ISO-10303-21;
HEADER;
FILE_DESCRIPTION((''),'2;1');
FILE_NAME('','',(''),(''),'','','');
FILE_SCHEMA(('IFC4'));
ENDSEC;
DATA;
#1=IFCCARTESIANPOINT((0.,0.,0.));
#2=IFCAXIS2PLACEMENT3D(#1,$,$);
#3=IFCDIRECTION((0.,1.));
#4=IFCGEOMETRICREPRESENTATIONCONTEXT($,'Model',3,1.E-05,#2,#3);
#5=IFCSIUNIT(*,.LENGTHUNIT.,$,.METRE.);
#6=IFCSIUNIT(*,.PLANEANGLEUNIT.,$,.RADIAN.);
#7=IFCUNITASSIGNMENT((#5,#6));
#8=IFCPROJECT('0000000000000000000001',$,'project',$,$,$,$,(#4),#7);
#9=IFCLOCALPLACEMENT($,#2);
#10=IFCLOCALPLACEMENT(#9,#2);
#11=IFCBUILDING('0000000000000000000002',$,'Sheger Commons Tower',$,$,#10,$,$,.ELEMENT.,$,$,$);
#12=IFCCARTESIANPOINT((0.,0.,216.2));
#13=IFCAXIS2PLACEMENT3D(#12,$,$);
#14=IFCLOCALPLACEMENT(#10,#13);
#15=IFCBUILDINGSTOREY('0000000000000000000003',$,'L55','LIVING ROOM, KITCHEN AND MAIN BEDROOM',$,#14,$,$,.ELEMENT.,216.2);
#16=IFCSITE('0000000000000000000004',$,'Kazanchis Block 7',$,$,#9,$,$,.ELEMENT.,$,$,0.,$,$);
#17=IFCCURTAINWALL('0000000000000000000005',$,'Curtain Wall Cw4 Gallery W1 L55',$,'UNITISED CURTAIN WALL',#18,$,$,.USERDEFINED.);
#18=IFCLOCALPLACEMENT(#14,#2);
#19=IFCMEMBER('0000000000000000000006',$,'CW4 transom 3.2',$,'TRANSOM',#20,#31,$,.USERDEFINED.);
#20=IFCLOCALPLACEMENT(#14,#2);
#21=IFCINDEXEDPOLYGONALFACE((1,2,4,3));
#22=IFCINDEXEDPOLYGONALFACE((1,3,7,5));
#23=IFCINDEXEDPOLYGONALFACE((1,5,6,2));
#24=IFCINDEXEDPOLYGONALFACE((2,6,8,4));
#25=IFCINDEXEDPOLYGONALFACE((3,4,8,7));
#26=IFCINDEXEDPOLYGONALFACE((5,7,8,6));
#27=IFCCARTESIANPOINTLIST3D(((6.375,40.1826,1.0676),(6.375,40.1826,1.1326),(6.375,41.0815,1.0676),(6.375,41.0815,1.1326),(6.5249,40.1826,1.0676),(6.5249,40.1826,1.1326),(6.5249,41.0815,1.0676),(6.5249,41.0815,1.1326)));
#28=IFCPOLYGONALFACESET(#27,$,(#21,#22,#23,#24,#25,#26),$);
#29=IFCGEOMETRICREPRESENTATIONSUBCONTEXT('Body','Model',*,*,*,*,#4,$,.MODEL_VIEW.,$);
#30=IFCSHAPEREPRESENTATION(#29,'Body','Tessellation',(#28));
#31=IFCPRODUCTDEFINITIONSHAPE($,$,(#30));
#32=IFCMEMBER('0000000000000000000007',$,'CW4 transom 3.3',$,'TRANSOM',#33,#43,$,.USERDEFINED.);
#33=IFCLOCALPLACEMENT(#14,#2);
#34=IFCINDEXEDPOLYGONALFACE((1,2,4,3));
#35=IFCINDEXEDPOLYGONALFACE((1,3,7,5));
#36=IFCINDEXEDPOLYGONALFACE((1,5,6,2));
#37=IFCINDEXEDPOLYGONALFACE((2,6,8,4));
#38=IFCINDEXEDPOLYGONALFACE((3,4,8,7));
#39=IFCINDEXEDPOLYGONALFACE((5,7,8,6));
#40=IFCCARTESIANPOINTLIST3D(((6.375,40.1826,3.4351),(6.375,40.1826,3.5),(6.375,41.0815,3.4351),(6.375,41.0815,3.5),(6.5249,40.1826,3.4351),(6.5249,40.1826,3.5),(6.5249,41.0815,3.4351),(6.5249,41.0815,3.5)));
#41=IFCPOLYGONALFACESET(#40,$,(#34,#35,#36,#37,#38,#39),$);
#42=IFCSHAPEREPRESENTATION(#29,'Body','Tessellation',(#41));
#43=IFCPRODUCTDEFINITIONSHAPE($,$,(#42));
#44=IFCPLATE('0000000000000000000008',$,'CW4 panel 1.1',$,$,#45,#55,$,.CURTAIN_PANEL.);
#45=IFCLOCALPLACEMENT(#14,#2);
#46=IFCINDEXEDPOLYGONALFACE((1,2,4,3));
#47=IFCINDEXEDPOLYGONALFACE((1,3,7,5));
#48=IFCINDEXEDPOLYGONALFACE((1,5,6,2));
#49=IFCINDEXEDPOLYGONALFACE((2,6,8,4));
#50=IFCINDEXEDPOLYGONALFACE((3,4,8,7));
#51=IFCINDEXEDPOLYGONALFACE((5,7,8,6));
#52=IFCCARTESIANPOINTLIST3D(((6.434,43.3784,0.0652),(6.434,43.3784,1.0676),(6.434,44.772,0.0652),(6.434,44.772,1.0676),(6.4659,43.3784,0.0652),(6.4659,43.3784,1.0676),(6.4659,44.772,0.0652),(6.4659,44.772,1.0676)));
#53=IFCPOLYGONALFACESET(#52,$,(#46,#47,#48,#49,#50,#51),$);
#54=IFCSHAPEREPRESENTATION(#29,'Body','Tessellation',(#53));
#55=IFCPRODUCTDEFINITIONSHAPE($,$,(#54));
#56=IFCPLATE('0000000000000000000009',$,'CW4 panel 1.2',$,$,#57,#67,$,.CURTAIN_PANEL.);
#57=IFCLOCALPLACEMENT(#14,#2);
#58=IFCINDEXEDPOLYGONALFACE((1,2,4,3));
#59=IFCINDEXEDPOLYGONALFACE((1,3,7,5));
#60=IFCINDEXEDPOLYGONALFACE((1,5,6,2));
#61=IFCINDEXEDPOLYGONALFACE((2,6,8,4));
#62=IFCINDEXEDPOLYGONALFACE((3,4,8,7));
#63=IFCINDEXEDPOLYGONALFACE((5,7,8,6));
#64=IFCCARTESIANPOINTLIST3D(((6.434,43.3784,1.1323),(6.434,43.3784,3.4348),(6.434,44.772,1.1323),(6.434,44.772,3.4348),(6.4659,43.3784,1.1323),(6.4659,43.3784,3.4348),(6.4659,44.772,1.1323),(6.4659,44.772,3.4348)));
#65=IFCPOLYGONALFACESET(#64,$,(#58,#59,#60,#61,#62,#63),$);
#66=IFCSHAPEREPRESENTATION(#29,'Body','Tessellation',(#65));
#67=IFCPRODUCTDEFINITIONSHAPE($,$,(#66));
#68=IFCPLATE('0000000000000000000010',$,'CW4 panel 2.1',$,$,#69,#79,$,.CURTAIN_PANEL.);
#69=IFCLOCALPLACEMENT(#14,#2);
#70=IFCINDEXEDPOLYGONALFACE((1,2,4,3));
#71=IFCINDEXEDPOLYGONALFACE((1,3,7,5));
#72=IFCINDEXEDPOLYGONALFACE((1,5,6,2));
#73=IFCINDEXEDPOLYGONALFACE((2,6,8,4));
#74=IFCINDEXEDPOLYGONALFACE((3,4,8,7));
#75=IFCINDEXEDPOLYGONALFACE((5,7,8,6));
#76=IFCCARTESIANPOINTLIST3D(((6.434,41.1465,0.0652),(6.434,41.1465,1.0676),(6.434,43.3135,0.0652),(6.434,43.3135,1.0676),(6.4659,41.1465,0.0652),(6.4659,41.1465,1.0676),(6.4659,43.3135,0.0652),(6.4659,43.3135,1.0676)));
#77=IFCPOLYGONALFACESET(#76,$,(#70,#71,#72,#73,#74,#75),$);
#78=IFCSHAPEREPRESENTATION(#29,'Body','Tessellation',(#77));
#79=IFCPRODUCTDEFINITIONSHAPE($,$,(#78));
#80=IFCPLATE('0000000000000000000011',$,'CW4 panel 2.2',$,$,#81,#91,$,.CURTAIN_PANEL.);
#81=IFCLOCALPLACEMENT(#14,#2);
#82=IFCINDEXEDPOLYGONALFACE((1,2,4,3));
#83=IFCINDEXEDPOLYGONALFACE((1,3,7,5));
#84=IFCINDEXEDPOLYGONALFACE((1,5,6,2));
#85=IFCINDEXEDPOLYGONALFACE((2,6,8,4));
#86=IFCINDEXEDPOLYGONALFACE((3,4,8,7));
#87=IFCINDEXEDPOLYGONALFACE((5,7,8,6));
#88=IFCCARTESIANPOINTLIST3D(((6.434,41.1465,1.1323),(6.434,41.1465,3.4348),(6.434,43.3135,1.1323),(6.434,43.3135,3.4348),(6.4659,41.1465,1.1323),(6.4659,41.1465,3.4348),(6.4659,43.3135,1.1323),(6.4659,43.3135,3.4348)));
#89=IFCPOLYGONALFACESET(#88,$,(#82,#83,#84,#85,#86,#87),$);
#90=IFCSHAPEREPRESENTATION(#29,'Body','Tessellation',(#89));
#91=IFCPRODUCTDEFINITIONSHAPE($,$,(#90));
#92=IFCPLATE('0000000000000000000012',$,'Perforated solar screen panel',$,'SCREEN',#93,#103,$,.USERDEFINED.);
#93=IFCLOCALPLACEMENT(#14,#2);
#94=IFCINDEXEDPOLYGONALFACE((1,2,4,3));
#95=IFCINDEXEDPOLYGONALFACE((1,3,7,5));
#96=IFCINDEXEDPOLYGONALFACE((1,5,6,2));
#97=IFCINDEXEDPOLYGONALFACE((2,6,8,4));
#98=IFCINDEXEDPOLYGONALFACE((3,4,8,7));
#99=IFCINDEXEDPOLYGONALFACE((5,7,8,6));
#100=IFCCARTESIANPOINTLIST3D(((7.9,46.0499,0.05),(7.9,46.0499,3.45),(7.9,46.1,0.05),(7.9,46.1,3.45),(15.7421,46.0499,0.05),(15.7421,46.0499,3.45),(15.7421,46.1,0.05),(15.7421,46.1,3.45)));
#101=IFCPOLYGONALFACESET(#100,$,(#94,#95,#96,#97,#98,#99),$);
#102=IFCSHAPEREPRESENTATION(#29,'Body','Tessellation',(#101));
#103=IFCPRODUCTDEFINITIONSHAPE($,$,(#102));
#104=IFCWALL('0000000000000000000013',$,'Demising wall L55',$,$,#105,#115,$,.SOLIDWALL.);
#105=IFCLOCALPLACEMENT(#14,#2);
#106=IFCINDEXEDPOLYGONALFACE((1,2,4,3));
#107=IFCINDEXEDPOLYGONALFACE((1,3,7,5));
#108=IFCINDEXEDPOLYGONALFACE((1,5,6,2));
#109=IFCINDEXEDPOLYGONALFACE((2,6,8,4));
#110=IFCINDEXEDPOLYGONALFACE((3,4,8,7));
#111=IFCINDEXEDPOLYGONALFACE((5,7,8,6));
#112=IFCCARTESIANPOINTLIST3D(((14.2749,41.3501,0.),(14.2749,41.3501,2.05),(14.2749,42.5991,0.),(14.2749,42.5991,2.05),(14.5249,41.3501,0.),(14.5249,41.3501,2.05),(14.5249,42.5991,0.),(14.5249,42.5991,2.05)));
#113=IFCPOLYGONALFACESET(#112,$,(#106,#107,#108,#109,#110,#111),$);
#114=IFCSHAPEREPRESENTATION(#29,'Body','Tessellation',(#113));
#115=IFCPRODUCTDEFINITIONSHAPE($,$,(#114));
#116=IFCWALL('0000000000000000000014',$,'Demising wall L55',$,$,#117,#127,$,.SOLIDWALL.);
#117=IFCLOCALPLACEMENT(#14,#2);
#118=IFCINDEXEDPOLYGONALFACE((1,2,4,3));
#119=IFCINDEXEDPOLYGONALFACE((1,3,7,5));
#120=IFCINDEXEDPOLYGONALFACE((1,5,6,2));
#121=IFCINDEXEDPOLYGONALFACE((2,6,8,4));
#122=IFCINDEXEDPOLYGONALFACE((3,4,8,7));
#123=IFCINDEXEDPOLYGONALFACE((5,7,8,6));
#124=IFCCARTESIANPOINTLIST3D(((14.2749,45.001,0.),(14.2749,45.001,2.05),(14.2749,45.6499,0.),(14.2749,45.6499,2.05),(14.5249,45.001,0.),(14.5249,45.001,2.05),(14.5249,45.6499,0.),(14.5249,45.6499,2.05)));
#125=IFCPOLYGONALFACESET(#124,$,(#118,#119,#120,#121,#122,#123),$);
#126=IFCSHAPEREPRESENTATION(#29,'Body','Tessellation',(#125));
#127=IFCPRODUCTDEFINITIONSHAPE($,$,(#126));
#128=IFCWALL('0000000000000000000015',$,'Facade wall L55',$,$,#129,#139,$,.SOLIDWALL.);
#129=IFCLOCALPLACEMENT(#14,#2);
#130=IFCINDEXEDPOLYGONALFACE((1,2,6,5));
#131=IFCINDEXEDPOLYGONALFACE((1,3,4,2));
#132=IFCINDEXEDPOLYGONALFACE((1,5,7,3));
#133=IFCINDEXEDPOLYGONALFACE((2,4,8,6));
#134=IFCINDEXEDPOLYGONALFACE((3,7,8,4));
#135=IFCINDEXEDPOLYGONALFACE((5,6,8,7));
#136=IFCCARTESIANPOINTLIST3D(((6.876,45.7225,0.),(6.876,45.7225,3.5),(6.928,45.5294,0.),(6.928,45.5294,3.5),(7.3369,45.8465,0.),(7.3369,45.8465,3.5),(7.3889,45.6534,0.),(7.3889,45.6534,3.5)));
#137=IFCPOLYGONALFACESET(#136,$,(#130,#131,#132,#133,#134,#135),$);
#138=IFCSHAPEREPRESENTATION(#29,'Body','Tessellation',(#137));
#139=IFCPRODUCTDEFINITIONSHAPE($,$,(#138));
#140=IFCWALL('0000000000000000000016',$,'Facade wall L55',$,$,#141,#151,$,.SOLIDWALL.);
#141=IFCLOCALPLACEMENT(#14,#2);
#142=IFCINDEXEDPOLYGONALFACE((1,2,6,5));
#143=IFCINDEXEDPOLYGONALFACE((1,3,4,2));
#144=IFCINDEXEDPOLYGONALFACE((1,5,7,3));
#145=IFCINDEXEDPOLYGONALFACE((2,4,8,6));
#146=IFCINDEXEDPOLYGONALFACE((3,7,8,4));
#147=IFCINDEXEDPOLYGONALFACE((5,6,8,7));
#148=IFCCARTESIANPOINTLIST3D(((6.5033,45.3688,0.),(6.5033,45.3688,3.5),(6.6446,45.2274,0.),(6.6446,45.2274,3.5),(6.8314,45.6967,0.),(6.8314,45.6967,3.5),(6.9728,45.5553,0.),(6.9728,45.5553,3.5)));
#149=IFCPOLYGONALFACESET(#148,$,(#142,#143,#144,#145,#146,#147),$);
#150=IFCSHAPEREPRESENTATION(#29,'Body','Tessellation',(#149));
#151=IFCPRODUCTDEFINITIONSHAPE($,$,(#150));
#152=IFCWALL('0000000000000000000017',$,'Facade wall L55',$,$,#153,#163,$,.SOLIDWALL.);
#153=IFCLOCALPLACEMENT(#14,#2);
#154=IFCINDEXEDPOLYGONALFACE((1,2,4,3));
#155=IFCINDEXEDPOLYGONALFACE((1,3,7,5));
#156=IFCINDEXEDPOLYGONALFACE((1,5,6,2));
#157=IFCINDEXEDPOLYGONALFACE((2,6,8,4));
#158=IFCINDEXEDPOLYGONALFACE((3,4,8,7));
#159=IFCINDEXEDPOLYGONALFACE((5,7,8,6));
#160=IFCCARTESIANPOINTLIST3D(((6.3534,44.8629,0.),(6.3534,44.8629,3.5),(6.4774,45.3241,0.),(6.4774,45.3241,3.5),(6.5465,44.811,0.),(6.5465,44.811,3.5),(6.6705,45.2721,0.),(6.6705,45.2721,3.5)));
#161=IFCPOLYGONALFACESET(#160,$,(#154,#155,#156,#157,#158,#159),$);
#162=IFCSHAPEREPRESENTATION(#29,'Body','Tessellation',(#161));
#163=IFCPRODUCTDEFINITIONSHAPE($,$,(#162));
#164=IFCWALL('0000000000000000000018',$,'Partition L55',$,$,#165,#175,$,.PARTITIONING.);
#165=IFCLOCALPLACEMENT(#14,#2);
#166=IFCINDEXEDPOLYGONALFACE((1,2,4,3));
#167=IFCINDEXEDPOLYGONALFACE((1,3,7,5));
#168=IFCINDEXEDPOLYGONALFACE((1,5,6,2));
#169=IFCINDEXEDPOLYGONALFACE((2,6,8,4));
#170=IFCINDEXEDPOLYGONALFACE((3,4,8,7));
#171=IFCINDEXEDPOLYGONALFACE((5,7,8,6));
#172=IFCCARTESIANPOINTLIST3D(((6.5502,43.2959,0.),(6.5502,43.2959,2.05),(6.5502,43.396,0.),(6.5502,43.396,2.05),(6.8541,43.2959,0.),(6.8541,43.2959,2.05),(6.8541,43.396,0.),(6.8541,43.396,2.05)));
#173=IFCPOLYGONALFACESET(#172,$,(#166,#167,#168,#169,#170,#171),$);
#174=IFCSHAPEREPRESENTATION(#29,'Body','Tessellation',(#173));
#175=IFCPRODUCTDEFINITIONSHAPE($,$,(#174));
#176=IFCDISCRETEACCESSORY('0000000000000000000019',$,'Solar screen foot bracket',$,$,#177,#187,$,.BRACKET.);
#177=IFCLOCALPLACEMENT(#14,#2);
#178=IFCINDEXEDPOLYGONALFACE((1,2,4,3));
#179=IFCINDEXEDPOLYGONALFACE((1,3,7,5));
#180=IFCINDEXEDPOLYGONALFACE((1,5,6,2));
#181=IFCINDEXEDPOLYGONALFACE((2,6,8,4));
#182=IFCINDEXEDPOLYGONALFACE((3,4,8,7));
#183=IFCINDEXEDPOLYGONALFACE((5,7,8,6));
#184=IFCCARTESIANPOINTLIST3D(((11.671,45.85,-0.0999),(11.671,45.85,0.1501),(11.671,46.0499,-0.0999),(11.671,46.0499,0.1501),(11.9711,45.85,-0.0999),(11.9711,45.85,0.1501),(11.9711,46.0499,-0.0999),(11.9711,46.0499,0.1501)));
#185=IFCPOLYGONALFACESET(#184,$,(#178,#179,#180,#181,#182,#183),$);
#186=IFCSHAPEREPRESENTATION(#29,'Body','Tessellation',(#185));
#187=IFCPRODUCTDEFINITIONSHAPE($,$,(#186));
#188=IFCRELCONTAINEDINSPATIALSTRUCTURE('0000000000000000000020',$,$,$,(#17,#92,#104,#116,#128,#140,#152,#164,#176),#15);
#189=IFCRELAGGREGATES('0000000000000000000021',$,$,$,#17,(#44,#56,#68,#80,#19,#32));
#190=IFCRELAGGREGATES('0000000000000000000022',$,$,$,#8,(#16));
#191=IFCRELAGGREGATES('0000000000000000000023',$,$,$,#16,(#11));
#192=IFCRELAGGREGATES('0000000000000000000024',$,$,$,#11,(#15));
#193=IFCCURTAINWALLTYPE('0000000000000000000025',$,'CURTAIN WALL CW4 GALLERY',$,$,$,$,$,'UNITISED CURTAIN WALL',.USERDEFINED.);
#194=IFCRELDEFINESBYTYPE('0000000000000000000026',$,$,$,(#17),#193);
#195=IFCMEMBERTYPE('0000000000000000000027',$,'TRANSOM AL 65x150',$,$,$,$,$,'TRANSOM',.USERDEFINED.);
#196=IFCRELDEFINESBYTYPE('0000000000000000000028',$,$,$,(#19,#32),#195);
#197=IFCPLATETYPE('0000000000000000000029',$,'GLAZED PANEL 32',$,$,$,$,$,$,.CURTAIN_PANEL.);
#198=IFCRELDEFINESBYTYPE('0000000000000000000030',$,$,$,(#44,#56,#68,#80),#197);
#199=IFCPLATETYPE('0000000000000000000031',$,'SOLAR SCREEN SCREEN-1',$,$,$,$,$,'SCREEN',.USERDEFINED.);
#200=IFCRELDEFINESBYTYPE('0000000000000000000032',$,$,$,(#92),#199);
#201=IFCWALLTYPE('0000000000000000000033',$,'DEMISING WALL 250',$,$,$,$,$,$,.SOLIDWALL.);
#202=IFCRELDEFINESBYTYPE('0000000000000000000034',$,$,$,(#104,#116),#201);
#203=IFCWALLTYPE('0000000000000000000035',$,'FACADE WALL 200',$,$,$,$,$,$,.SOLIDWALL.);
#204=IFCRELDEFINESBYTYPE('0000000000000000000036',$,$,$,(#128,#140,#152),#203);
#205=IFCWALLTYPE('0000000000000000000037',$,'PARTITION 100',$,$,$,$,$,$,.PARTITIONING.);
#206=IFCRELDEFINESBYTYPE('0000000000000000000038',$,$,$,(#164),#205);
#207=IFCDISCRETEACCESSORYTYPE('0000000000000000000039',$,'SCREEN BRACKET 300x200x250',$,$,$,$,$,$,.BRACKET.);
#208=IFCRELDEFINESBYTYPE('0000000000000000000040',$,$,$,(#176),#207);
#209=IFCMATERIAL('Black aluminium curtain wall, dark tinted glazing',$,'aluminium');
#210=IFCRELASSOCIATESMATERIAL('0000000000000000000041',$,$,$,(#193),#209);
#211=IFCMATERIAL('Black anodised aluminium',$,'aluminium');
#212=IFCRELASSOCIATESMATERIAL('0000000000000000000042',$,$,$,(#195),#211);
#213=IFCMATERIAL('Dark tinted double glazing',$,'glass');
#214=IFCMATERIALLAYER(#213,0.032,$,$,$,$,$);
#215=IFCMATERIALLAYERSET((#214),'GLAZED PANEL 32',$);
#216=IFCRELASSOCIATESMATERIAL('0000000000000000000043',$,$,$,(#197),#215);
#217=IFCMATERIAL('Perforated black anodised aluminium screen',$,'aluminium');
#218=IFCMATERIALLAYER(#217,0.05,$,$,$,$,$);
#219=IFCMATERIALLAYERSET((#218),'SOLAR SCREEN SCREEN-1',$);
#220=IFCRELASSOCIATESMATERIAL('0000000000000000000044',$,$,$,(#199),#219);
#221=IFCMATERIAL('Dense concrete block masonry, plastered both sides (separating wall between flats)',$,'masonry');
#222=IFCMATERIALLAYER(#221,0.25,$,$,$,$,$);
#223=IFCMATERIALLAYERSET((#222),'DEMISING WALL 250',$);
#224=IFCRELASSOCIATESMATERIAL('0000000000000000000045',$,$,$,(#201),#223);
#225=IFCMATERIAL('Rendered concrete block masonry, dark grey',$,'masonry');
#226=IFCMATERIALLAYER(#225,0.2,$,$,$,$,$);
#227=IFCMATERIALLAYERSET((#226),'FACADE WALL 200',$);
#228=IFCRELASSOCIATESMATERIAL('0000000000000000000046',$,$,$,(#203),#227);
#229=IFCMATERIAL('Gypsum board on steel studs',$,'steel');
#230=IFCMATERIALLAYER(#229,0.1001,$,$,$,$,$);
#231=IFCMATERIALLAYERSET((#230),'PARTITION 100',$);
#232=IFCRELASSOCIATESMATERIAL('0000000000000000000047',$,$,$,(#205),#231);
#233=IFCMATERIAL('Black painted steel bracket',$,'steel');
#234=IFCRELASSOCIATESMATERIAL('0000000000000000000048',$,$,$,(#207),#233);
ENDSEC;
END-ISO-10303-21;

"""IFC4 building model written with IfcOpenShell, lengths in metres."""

from ifc_helpers import new_model, si_unit, direction, frame, frame_2d, origin, origin_2d, place, context, subcontext, project, spatial, rectangle, extrude, material, layer, layer_set, material_profile, profile_set, type_object, element, aggregate, save


model = new_model("IFC4")

# Units and contexts
model_context = context("Model", 3, precision=1e-05, world=origin(), true_north=direction((0.0, 1.0)))
body_context = subcontext(model_context, "Body", "Model", "MODEL_VIEW")
ifc_project = project(units=[si_unit("LENGTHUNIT", "METRE"), si_unit("PLANEANGLEUNIT", "RADIAN")], contexts=[model_context])

# Site, building, storey
site_placement = place(None, origin())
site = spatial("IfcSite", under=ifc_project, at=site_placement, Name="Kazanchis Block 7", CompositionType="ELEMENT", RefElevation=0.0)
building_placement = place(site_placement, origin())
building = spatial("IfcBuilding", under=site, at=building_placement, Name="Sheger Commons Tower", CompositionType="ELEMENT")
storey_placement = place(building_placement, frame((0.0, 0.0, 216.2)))
storey = spatial("IfcBuildingStorey", under=building, at=storey_placement, Name="L55", Description="LIVING ROOM, KITCHEN AND MAIN BEDROOM", CompositionType="ELEMENT", Elevation=216.2)

# Curtain wall
ifc_material_1 = material(Name="Black aluminium curtain wall, dark tinted glazing", Category="aluminium")
curtain_wall_type = type_object("IfcCurtainWallType", Name="CURTAIN WALL CW4 GALLERY", ElementType="UNITISED CURTAIN WALL", PredefinedType="USERDEFINED", material=ifc_material_1)
curtain_wall_placement = place(storey_placement, origin())
curtain_wall = element("IfcCurtainWall", 1, at=curtain_wall_placement, inside=storey, type_object=curtain_wall_type, Name="Curtain Wall Cw4 Gallery W1 L55", ObjectType="UNITISED CURTAIN WALL", PredefinedType="USERDEFINED")

# Members
ifc_material_2 = material(Name="Black anodised aluminium", Category="aluminium")
ifc_material_profile_1 = material_profile(ifc_material_2, rectangle(XDim=0.1499, YDim=0.0649, at=origin_2d()), Name="AL 65x150")
ifc_profile_set_1 = profile_set([ifc_material_profile_1], Name="Black anodised aluminium")
member_type_1 = type_object("IfcMemberType", Name="TRANSOM AL 65x150", ElementType="TRANSOM", PredefinedType="USERDEFINED", material=ifc_profile_set_1)
member_1_placement = place(storey_placement, frame((6.45, 41.0815, 1.1001), z_axis=(0.0, -1.0, 0.0), x_axis=(1.0, 0.0, 0.0)))
member_1 = element("IfcMember", 2, at=member_1_placement, type_object=member_type_1, Name="CW4 transom 3.2", ObjectType="TRANSOM", PredefinedType="USERDEFINED", context=body_context, shape_type="SweptSolid", body=[
    extrude(rectangle(XDim=0.1499, YDim=0.0649, at=origin_2d()), origin(), (0.0, 0.0, 1.0), 0.8989),
])
member_2_placement = place(storey_placement, frame((6.45, 41.0815, 3.4675), z_axis=(0.0, -1.0, 0.0), x_axis=(1.0, 0.0, 0.0)))
member_2 = element("IfcMember", 3, at=member_2_placement, type_object=member_type_1, Name="CW4 transom 3.3", ObjectType="TRANSOM", PredefinedType="USERDEFINED", context=body_context, shape_type="SweptSolid", body=[
    extrude(rectangle(XDim=0.1499, YDim=0.0649, at=origin_2d()), origin(), (0.0, 0.0, 1.0), 0.8989),
])

# Plates
ifc_material_3 = material(Name="Dark tinted double glazing", Category="glass")
ifc_layer_1 = layer(ifc_material_3, 0.032)
ifc_layer_set_1 = layer_set([ifc_layer_1], Name="GLAZED PANEL 32")
plate_type_1 = type_object("IfcPlateType", Name="GLAZED PANEL 32", PredefinedType="CURTAIN_PANEL", material=ifc_layer_set_1)
plate_1_placement = place(storey_placement, frame((6.45, 44.0752, 0.0652), z_axis=(0.0, 0.0, 1.0), x_axis=(0.0, -1.0, 0.0)))
plate_1 = element("IfcPlate", 4, at=plate_1_placement, type_object=plate_type_1, Name="CW4 panel 1.1", PredefinedType="CURTAIN_PANEL", context=body_context, shape_type="SweptSolid", body=[
    extrude(rectangle(XDim=1.3936, YDim=0.032, at=origin_2d()), origin(), (0.0, 0.0, 1.0), 1.0024),
])
plate_2_placement = place(storey_placement, frame((6.45, 44.0752, 1.1323), z_axis=(0.0, 0.0, 1.0), x_axis=(0.0, -1.0, 0.0)))
plate_2 = element("IfcPlate", 5, at=plate_2_placement, type_object=plate_type_1, Name="CW4 panel 1.2", PredefinedType="CURTAIN_PANEL", context=body_context, shape_type="SweptSolid", body=[
    extrude(rectangle(XDim=1.3936, YDim=0.032, at=origin_2d()), origin(), (0.0, 0.0, 1.0), 2.3025),
])
plate_3_placement = place(storey_placement, frame((6.45, 42.23, 0.0652), z_axis=(0.0, 0.0, 1.0), x_axis=(0.0, -1.0, 0.0)))
plate_3 = element("IfcPlate", 6, at=plate_3_placement, type_object=plate_type_1, Name="CW4 panel 2.1", PredefinedType="CURTAIN_PANEL", context=body_context, shape_type="SweptSolid", body=[
    extrude(rectangle(XDim=2.167, YDim=0.032, at=origin_2d()), origin(), (0.0, 0.0, 1.0), 1.0024),
])
plate_4_placement = place(storey_placement, frame((6.45, 42.23, 1.1323), z_axis=(0.0, 0.0, 1.0), x_axis=(0.0, -1.0, 0.0)))
plate_4 = element("IfcPlate", 7, at=plate_4_placement, type_object=plate_type_1, Name="CW4 panel 2.2", PredefinedType="CURTAIN_PANEL", context=body_context, shape_type="SweptSolid", body=[
    extrude(rectangle(XDim=2.167, YDim=0.032, at=origin_2d()), origin(), (0.0, 0.0, 1.0), 2.3025),
])
aggregate(curtain_wall, [plate_1, plate_2, plate_3, plate_4, member_1, member_2])
ifc_material_4 = material(Name="Perforated black anodised aluminium screen", Category="aluminium")
ifc_layer_2 = layer(ifc_material_4, 0.05)
ifc_layer_set_2 = layer_set([ifc_layer_2], Name="SOLAR SCREEN SCREEN-1")
plate_type_2 = type_object("IfcPlateType", Name="SOLAR SCREEN SCREEN-1", ElementType="SCREEN", PredefinedType="USERDEFINED", material=ifc_layer_set_2)
plate_5_placement = place(storey_placement, frame((11.821, 46.075, 0.05), z_axis=(0.0, 0.0, 1.0), x_axis=(-1.0, 0.0, 0.0)))
element("IfcPlate", 8, at=plate_5_placement, inside=storey, type_object=plate_type_2, Name="Perforated solar screen panel", ObjectType="SCREEN", PredefinedType="USERDEFINED", context=body_context, shape_type="SweptSolid", body=[
    extrude(rectangle(XDim=7.842, YDim=0.05, at=origin_2d()), origin(), (0.0, 0.0, 1.0), 3.3999),
])

# Walls
ifc_material_5 = material(Name="Dense concrete block masonry, plastered both sides (separating wall between flats)", Category="masonry")
ifc_layer_3 = layer(ifc_material_5, 0.25)
ifc_layer_set_3 = layer_set([ifc_layer_3], Name="DEMISING WALL 250")
wall_type_1 = type_object("IfcWallType", Name="DEMISING WALL 250", PredefinedType="SOLIDWALL", material=ifc_layer_set_3)
wall_1_placement = place(storey_placement, frame((14.3999, 41.3501, 0.0), z_axis=(0.0, 0.0, 1.0), x_axis=(0.0, 1.0, 0.0)))
element("IfcWall", 9, at=wall_1_placement, inside=storey, type_object=wall_type_1, Name="Demising wall L55", PredefinedType="SOLIDWALL", context=body_context, shape_type="SweptSolid", body=[
    extrude(rectangle(XDim=1.249, YDim=0.25, at=frame_2d((0.6245, 0.0))), origin(), (0.0, 0.0, 1.0), 2.05),
])
wall_2_placement = place(storey_placement, frame((14.3999, 45.001, 0.0), z_axis=(0.0, 0.0, 1.0), x_axis=(0.0, 1.0, 0.0)))
element("IfcWall", 10, at=wall_2_placement, inside=storey, type_object=wall_type_1, Name="Demising wall L55", PredefinedType="SOLIDWALL", context=body_context, shape_type="SweptSolid", body=[
    extrude(rectangle(XDim=0.6489, YDim=0.25, at=frame_2d((0.3245, 0.0))), origin(), (0.0, 0.0, 1.0), 2.05),
])
ifc_material_6 = material(Name="Rendered concrete block masonry, dark grey", Category="masonry")
ifc_layer_4 = layer(ifc_material_6, 0.2)
ifc_layer_set_4 = layer_set([ifc_layer_4], Name="FACADE WALL 200")
wall_type_2 = type_object("IfcWallType", Name="FACADE WALL 200", PredefinedType="SOLIDWALL", material=ifc_layer_set_4)
wall_3_placement = place(storey_placement, frame((7.363, 45.75, 0.0), z_axis=(0.0, 0.0, 1.0), x_axis=(-0.965655, -0.259827, 0.0)))
element("IfcWall", 11, at=wall_3_placement, inside=storey, type_object=wall_type_2, Name="Facade wall L55", PredefinedType="SOLIDWALL", context=body_context, shape_type="SweptSolid", body=[
    extrude(rectangle(XDim=0.4773, YDim=0.2, at=frame_2d((0.2388, 0.0))), origin(), (0.0, 0.0, 1.0), 3.5),
])
wall_4_placement = place(storey_placement, frame((6.9021, 45.626, 0.0), z_axis=(0.0, 0.0, 1.0), x_axis=(-0.70737, -0.706844, 0.0)))
element("IfcWall", 12, at=wall_4_placement, inside=storey, type_object=wall_type_2, Name="Facade wall L55", PredefinedType="SOLIDWALL", context=body_context, shape_type="SweptSolid", body=[
    extrude(rectangle(XDim=0.4639, YDim=0.2, at=frame_2d((0.2319, 0.0))), origin(), (0.0, 0.0, 1.0), 3.5),
])
wall_5_placement = place(storey_placement, frame((6.574, 45.2981, 0.0), z_axis=(0.0, 0.0, 1.0), x_axis=(-0.259698, -0.96569, 0.0)))
element("IfcWall", 13, at=wall_5_placement, inside=storey, type_object=wall_type_2, Name="Facade wall L55", PredefinedType="SOLIDWALL", context=body_context, shape_type="SweptSolid", body=[
    extrude(rectangle(XDim=0.4775, YDim=0.2, at=frame_2d((0.2388, 0.0))), origin(), (0.0, 0.0, 1.0), 3.5),
])
ifc_material_7 = material(Name="Gypsum board on steel studs", Category="steel")
ifc_layer_5 = layer(ifc_material_7, 0.1001)
ifc_layer_set_5 = layer_set([ifc_layer_5], Name="PARTITION 100")
wall_type_3 = type_object("IfcWallType", Name="PARTITION 100", PredefinedType="PARTITIONING", material=ifc_layer_set_5)
wall_6_placement = place(storey_placement, frame((6.854, 43.3459, 0.0), z_axis=(0.0, 0.0, 1.0), x_axis=(-1.0, 0.0, 0.0)))
element("IfcWall", 14, at=wall_6_placement, inside=storey, type_object=wall_type_3, Name="Partition L55", PredefinedType="PARTITIONING", context=body_context, shape_type="SweptSolid", body=[
    extrude(rectangle(XDim=0.304, YDim=0.1001, at=frame_2d((0.1519, 0.0))), origin(), (0.0, 0.0, 1.0), 2.05),
])

# Discrete accessory
ifc_material_8 = material(Name="Black painted steel bracket", Category="steel")
discrete_accessory_type = type_object("IfcDiscreteAccessoryType", Name="SCREEN BRACKET 300x200x250", PredefinedType="BRACKET", material=ifc_material_8)
for number, where, z_axis, x_axis, name in (
    (15, (11.821, 45.95, -0.0999), (0.0, 0.0, 1.0), (-1.0, 0.0, 0.0), "Solar screen foot bracket"),
):
    element("IfcDiscreteAccessory", number, at=place(storey_placement, frame(where, z_axis=z_axis, x_axis=x_axis)), inside=storey, type_object=discrete_accessory_type, Name=name, PredefinedType="BRACKET", context=body_context, shape_type="SweptSolid", body=[
        extrude(rectangle(XDim=0.3, YDim=0.2, at=origin_2d()), origin(), (0.0, 0.0, 1.0), 0.25),
    ])

save(model, "model.ifc")
